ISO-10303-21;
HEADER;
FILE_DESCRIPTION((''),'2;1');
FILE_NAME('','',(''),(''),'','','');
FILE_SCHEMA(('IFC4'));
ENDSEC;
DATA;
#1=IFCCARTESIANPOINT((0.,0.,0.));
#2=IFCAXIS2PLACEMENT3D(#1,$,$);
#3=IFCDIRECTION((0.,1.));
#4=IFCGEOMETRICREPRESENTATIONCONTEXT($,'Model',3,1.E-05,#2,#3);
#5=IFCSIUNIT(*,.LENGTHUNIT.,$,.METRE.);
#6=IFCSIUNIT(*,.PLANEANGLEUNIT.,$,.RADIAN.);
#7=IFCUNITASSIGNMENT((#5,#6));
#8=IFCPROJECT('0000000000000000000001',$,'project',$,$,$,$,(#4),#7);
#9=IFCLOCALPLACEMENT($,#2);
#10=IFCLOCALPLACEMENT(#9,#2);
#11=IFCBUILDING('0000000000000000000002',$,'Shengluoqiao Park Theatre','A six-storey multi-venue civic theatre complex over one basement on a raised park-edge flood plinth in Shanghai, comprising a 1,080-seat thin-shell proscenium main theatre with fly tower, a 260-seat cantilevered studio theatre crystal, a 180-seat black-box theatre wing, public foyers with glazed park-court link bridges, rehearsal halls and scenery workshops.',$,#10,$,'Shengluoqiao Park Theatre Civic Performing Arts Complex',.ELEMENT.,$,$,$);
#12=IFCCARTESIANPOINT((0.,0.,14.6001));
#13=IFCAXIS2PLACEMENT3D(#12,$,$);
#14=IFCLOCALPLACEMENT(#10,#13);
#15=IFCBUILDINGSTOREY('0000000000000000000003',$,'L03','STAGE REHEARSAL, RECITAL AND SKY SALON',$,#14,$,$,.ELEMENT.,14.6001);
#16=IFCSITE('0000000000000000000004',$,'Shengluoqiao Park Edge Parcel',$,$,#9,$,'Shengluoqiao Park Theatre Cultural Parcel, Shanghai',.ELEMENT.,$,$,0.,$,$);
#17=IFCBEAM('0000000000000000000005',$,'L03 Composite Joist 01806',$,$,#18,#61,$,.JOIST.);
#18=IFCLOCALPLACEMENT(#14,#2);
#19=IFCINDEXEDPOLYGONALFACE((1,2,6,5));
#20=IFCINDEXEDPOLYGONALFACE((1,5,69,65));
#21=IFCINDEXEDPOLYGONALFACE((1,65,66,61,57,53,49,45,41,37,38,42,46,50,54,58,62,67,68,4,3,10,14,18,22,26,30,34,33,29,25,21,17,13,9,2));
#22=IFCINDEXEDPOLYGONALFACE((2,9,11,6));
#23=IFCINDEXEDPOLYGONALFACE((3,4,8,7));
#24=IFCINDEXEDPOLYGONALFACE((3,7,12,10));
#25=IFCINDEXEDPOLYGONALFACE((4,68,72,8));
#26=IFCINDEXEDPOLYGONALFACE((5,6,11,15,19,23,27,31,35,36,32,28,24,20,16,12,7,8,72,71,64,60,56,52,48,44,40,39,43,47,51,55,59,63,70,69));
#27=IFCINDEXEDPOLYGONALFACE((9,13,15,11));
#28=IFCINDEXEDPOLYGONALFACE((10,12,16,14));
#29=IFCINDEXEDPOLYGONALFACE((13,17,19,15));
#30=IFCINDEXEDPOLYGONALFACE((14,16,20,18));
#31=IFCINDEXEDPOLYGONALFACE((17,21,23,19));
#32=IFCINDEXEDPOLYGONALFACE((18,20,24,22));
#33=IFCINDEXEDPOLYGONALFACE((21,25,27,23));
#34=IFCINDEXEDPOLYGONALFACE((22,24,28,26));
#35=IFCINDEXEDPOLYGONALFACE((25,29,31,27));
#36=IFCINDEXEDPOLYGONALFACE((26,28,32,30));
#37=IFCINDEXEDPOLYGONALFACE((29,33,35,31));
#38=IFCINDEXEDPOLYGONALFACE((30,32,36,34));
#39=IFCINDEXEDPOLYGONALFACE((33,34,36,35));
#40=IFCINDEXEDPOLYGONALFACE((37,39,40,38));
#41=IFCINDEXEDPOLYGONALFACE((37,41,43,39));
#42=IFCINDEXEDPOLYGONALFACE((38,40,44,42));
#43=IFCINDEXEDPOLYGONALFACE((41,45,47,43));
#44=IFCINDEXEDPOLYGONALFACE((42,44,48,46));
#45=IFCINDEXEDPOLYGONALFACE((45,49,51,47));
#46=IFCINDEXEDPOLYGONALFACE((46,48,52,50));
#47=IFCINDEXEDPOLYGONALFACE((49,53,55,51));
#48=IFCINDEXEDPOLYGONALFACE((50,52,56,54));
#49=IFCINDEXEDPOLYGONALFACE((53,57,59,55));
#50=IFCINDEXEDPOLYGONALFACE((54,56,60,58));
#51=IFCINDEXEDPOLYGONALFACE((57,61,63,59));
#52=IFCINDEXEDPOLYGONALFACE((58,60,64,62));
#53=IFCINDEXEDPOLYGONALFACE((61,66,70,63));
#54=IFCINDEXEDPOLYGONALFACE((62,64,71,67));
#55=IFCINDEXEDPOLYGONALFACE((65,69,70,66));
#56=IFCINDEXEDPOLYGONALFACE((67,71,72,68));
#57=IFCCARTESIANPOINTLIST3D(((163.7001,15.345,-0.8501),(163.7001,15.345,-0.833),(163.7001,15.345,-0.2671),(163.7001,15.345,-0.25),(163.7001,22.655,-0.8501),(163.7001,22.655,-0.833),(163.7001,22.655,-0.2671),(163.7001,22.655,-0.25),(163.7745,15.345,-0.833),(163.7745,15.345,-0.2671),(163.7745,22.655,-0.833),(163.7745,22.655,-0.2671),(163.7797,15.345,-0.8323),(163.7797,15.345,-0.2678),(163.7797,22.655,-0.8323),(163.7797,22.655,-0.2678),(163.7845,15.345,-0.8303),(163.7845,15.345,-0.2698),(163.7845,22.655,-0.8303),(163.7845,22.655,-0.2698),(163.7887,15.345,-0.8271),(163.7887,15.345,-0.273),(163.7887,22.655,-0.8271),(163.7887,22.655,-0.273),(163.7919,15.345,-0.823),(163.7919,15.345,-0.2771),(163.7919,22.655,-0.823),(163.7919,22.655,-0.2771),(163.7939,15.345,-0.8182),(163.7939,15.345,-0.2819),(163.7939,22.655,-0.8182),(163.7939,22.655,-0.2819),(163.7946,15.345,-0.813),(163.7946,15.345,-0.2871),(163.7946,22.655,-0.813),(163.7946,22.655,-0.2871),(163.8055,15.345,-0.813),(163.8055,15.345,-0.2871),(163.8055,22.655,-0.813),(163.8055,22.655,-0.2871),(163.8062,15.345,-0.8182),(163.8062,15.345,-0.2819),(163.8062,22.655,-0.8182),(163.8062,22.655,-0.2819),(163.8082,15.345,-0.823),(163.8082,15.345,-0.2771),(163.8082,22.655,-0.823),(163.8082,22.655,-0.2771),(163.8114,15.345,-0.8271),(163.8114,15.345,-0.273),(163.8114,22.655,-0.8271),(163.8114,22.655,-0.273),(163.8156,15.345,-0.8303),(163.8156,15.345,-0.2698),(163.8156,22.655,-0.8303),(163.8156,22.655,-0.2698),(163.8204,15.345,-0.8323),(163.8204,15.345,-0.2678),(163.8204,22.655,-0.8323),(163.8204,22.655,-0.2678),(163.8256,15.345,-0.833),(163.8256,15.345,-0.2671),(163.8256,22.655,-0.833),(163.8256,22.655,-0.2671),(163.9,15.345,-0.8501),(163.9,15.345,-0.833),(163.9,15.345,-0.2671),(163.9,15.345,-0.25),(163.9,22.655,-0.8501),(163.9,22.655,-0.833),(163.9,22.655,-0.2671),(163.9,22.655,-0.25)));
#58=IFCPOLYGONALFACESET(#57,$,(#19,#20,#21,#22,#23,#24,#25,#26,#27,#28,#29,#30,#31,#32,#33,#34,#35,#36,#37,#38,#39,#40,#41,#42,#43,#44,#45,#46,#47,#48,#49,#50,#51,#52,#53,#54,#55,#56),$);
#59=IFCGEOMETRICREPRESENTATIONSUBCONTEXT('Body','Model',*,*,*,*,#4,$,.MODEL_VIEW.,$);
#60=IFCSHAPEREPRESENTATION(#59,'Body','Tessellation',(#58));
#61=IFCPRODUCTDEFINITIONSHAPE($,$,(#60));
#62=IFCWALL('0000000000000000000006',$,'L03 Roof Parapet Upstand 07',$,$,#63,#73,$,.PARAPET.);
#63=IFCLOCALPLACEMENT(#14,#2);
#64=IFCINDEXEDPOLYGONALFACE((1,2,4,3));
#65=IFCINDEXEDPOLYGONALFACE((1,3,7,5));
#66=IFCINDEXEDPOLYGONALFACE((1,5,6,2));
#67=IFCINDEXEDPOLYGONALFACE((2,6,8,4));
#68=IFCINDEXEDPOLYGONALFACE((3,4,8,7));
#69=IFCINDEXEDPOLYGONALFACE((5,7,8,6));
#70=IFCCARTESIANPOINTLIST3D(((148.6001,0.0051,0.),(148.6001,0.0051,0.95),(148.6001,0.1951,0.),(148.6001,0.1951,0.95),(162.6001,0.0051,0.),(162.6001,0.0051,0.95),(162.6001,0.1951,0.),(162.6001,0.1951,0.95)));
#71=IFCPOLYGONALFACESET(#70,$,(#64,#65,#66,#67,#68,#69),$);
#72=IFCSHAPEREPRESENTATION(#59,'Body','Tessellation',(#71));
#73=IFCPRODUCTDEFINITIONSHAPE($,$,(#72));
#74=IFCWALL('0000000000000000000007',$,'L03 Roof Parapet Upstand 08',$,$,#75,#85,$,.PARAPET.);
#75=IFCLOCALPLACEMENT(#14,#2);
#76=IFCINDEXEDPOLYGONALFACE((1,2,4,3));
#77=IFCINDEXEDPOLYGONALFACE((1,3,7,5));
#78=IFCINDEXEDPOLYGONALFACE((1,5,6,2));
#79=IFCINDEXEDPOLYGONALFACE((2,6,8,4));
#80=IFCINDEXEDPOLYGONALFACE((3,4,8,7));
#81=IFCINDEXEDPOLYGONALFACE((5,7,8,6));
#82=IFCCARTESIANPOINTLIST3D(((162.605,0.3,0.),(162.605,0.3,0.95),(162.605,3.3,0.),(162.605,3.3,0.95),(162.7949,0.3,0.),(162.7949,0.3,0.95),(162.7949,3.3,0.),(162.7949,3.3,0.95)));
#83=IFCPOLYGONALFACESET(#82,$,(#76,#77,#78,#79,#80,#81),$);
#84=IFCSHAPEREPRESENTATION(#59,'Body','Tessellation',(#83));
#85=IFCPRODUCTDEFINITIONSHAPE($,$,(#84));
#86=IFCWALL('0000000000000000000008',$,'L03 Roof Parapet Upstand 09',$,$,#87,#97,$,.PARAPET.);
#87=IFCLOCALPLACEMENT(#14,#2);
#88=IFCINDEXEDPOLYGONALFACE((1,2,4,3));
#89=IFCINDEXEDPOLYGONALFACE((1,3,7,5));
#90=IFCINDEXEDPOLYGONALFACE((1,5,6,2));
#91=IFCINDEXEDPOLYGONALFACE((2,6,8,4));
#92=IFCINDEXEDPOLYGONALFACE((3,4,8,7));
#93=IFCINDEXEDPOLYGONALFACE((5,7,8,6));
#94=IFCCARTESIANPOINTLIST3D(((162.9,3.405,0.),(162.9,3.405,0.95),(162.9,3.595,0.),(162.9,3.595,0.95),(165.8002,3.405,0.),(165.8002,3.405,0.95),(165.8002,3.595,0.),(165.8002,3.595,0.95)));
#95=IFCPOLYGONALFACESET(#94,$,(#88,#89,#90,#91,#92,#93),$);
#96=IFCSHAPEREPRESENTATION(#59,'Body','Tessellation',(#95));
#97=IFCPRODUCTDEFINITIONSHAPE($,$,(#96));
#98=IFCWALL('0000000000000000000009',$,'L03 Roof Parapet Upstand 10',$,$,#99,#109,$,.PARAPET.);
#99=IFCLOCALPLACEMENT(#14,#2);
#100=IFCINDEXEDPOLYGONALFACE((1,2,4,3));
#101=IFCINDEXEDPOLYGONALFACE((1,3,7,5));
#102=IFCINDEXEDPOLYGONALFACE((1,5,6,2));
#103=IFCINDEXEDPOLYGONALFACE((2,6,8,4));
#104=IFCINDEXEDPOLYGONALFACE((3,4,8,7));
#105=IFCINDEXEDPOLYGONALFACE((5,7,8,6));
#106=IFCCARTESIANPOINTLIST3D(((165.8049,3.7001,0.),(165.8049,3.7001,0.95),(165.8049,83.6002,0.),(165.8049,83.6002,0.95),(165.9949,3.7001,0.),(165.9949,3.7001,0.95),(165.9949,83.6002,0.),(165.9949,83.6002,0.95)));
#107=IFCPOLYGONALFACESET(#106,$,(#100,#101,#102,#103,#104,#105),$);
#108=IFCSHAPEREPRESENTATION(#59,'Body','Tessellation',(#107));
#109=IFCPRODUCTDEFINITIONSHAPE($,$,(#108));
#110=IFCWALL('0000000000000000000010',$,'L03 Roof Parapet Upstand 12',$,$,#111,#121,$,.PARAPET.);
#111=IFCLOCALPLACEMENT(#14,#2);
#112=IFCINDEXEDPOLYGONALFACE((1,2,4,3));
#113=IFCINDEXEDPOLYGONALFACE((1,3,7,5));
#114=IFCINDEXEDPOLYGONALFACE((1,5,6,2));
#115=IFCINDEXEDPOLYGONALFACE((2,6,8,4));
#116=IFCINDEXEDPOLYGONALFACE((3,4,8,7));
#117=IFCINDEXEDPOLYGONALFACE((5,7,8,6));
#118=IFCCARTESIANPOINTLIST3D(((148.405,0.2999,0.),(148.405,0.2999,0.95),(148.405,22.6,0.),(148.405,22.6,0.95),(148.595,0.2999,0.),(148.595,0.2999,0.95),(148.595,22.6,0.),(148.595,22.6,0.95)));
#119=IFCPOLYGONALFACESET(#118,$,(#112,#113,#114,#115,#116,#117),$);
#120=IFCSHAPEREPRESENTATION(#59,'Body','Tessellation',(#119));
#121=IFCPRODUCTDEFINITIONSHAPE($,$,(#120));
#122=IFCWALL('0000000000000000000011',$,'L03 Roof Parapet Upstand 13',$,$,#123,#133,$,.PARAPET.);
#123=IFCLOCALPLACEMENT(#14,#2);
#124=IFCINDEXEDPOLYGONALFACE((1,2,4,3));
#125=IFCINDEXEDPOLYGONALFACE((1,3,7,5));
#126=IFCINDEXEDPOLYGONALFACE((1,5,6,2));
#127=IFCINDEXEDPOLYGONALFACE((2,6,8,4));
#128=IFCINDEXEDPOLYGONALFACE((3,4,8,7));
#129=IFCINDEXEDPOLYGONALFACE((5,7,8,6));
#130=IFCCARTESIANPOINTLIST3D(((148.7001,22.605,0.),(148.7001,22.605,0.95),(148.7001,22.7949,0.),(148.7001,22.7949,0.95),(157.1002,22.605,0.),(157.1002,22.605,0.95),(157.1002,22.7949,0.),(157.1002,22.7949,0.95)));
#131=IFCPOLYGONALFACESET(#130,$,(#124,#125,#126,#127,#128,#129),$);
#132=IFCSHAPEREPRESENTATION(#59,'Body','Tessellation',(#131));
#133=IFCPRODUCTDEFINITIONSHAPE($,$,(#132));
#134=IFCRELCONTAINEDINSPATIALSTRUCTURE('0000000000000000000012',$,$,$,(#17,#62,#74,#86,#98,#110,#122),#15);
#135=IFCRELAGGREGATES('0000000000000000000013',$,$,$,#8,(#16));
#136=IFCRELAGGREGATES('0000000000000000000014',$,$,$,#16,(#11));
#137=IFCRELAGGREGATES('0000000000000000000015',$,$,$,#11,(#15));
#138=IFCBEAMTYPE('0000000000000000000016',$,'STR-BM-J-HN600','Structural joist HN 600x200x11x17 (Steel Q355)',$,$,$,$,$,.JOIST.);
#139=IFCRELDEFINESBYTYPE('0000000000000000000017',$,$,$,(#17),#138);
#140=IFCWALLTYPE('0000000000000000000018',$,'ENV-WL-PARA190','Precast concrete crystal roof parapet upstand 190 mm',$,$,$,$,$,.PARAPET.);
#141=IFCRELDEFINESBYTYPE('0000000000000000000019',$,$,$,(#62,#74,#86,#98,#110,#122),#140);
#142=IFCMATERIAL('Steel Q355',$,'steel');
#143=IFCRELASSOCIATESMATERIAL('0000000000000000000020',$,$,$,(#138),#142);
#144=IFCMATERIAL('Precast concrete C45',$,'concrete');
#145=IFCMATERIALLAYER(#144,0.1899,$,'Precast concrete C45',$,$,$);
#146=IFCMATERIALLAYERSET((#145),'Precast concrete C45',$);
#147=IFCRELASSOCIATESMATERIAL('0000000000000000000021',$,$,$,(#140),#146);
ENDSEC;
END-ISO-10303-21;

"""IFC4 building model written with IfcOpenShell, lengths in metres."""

from ifc_helpers import new_model, si_unit, direction, frame, frame_2d, origin, origin_2d, place, context, subcontext, project, spatial, rectangle, i_section, extrude, material, layer, layer_set, material_profile, profile_set, type_object, element, save


model = new_model("IFC4")

# Units and contexts
model_context = context("Model", 3, precision=1e-05, world=origin(), true_north=direction((0.0, 1.0)))
body_context = subcontext(model_context, "Body", "Model", "MODEL_VIEW")
ifc_project = project(units=[si_unit("LENGTHUNIT", "METRE"), si_unit("PLANEANGLEUNIT", "RADIAN")], contexts=[model_context])

# Site, building, storey
site_placement = place(None, origin())
site = spatial("IfcSite", under=ifc_project, at=site_placement, Name="Shengluoqiao Park Edge Parcel", LongName="Shengluoqiao Park Theatre Cultural Parcel, Shanghai", CompositionType="ELEMENT", RefElevation=0.0)
building_placement = place(site_placement, origin())
building = spatial("IfcBuilding", under=site, at=building_placement, Name="Shengluoqiao Park Theatre", Description="A six-storey multi-venue civic theatre complex over one basement on a raised park-edge flood plinth in Shanghai, comprising a 1,080-seat thin-shell proscenium main theatre with fly tower, a 260-seat cantilevered studio theatre crystal, a 180-seat black-box theatre wing, public foyers with glazed park-court link bridges, rehearsal halls and scenery workshops.", LongName="Shengluoqiao Park Theatre Civic Performing Arts Complex", CompositionType="ELEMENT")
storey_placement = place(building_placement, frame((0.0, 0.0, 14.6001)))
storey = spatial("IfcBuildingStorey", under=building, at=storey_placement, Name="L03", Description="STAGE REHEARSAL, RECITAL AND SKY SALON", CompositionType="ELEMENT", Elevation=14.6001)

# Beam
ifc_material_1 = material(Name="Steel Q355", Category="steel")
ifc_material_profile_1 = material_profile(ifc_material_1, i_section(OverallWidth=0.2, OverallDepth=0.6001, WebThickness=0.011, FlangeThickness=0.0171, FilletRadius=0.02, at=origin_2d()), Name="HN 600x200x11x17")
ifc_profile_set_1 = profile_set([ifc_material_profile_1], Name="Steel Q355")
beam_type_1 = type_object("IfcBeamType", Name="STR-BM-J-HN600", Description="Structural joist HN 600x200x11x17 (Steel Q355)", PredefinedType="JOIST", material=ifc_profile_set_1)
for number, where, z_axis, x_axis, name in (
    (1, (163.8, 15.345, -0.55), (0.0, 1.0, 0.0), (-1.0, 0.0, 0.0), "L03 Composite Joist 01806"),
):
    element("IfcBeam", number, at=place(storey_placement, frame(where, z_axis=z_axis, x_axis=x_axis)), inside=storey, type_object=beam_type_1, Name=name, PredefinedType="JOIST", context=body_context, shape_type="SweptSolid", body=[
        extrude(i_section(OverallWidth=0.2, OverallDepth=0.6001, WebThickness=0.011, FlangeThickness=0.0171, FilletRadius=0.02, at=origin_2d()), origin(), (0.0, 0.0, 1.0), 7.3101),
    ])

# Walls
ifc_material_2 = material(Name="Precast concrete C45", Category="concrete")
ifc_layer = layer(ifc_material_2, 0.1899, Name="Precast concrete C45")
ifc_layer_set = layer_set([ifc_layer], Name="Precast concrete C45")
wall_type = type_object("IfcWallType", Name="ENV-WL-PARA190", Description="Precast concrete crystal roof parapet upstand 190 mm", PredefinedType="PARAPET", material=ifc_layer_set)
wall_1_placement = place(storey_placement, frame((148.6001, 0.1001, 0.0), z_axis=(0.0, 0.0, 1.0), x_axis=(1.0, 0.0, 0.0)))
element("IfcWall", 2, at=wall_1_placement, inside=storey, type_object=wall_type, Name="L03 Roof Parapet Upstand 07", PredefinedType="PARAPET", context=body_context, shape_type="SweptSolid", body=[
    extrude(rectangle(XDim=14.0, YDim=0.1899, at=frame_2d((7.0, 0.0))), origin(), (0.0, 0.0, 1.0), 0.95),
])
wall_2_placement = place(storey_placement, frame((162.7, 0.3, 0.0), z_axis=(0.0, 0.0, 1.0), x_axis=(0.0, 1.0, 0.0)))
element("IfcWall", 3, at=wall_2_placement, inside=storey, type_object=wall_type, Name="L03 Roof Parapet Upstand 08", PredefinedType="PARAPET", context=body_context, shape_type="SweptSolid", body=[
    extrude(rectangle(XDim=3.0, YDim=0.1899, at=frame_2d((1.5, 0.0))), origin(), (0.0, 0.0, 1.0), 0.95),
])
wall_3_placement = place(storey_placement, frame((162.8999, 3.5, 0.0), z_axis=(0.0, 0.0, 1.0), x_axis=(1.0, 0.0, 0.0)))
element("IfcWall", 4, at=wall_3_placement, inside=storey, type_object=wall_type, Name="L03 Roof Parapet Upstand 09", PredefinedType="PARAPET", context=body_context, shape_type="SweptSolid", body=[
    extrude(rectangle(XDim=2.9001, YDim=0.1899, at=frame_2d((1.4502, 0.0))), origin(), (0.0, 0.0, 1.0), 0.95),
])
wall_4_placement = place(storey_placement, frame((165.8999, 3.7, 0.0), z_axis=(0.0, 0.0, 1.0), x_axis=(0.0, 1.0, 0.0)))
element("IfcWall", 5, at=wall_4_placement, inside=storey, type_object=wall_type, Name="L03 Roof Parapet Upstand 10", PredefinedType="PARAPET", context=body_context, shape_type="SweptSolid", body=[
    extrude(rectangle(XDim=79.9001, YDim=0.1899, at=frame_2d((39.9502, 0.0))), origin(), (0.0, 0.0, 1.0), 0.95),
])
wall_5_placement = place(storey_placement, frame((148.5, 0.3, 0.0), z_axis=(0.0, 0.0, 1.0), x_axis=(0.0, 1.0, 0.0)))
element("IfcWall", 6, at=wall_5_placement, inside=storey, type_object=wall_type, Name="L03 Roof Parapet Upstand 12", PredefinedType="PARAPET", context=body_context, shape_type="SweptSolid", body=[
    extrude(rectangle(XDim=22.3, YDim=0.1899, at=frame_2d((11.1499, 0.0))), origin(), (0.0, 0.0, 1.0), 0.95),
])
wall_6_placement = place(storey_placement, frame((148.7, 22.7, 0.0), z_axis=(0.0, 0.0, 1.0), x_axis=(1.0, 0.0, 0.0)))
element("IfcWall", 7, at=wall_6_placement, inside=storey, type_object=wall_type, Name="L03 Roof Parapet Upstand 13", PredefinedType="PARAPET", context=body_context, shape_type="SweptSolid", body=[
    extrude(rectangle(XDim=8.4001, YDim=0.1899, at=frame_2d((4.2002, 0.0))), origin(), (0.0, 0.0, 1.0), 0.95),
])

save(model, "model.ifc")
